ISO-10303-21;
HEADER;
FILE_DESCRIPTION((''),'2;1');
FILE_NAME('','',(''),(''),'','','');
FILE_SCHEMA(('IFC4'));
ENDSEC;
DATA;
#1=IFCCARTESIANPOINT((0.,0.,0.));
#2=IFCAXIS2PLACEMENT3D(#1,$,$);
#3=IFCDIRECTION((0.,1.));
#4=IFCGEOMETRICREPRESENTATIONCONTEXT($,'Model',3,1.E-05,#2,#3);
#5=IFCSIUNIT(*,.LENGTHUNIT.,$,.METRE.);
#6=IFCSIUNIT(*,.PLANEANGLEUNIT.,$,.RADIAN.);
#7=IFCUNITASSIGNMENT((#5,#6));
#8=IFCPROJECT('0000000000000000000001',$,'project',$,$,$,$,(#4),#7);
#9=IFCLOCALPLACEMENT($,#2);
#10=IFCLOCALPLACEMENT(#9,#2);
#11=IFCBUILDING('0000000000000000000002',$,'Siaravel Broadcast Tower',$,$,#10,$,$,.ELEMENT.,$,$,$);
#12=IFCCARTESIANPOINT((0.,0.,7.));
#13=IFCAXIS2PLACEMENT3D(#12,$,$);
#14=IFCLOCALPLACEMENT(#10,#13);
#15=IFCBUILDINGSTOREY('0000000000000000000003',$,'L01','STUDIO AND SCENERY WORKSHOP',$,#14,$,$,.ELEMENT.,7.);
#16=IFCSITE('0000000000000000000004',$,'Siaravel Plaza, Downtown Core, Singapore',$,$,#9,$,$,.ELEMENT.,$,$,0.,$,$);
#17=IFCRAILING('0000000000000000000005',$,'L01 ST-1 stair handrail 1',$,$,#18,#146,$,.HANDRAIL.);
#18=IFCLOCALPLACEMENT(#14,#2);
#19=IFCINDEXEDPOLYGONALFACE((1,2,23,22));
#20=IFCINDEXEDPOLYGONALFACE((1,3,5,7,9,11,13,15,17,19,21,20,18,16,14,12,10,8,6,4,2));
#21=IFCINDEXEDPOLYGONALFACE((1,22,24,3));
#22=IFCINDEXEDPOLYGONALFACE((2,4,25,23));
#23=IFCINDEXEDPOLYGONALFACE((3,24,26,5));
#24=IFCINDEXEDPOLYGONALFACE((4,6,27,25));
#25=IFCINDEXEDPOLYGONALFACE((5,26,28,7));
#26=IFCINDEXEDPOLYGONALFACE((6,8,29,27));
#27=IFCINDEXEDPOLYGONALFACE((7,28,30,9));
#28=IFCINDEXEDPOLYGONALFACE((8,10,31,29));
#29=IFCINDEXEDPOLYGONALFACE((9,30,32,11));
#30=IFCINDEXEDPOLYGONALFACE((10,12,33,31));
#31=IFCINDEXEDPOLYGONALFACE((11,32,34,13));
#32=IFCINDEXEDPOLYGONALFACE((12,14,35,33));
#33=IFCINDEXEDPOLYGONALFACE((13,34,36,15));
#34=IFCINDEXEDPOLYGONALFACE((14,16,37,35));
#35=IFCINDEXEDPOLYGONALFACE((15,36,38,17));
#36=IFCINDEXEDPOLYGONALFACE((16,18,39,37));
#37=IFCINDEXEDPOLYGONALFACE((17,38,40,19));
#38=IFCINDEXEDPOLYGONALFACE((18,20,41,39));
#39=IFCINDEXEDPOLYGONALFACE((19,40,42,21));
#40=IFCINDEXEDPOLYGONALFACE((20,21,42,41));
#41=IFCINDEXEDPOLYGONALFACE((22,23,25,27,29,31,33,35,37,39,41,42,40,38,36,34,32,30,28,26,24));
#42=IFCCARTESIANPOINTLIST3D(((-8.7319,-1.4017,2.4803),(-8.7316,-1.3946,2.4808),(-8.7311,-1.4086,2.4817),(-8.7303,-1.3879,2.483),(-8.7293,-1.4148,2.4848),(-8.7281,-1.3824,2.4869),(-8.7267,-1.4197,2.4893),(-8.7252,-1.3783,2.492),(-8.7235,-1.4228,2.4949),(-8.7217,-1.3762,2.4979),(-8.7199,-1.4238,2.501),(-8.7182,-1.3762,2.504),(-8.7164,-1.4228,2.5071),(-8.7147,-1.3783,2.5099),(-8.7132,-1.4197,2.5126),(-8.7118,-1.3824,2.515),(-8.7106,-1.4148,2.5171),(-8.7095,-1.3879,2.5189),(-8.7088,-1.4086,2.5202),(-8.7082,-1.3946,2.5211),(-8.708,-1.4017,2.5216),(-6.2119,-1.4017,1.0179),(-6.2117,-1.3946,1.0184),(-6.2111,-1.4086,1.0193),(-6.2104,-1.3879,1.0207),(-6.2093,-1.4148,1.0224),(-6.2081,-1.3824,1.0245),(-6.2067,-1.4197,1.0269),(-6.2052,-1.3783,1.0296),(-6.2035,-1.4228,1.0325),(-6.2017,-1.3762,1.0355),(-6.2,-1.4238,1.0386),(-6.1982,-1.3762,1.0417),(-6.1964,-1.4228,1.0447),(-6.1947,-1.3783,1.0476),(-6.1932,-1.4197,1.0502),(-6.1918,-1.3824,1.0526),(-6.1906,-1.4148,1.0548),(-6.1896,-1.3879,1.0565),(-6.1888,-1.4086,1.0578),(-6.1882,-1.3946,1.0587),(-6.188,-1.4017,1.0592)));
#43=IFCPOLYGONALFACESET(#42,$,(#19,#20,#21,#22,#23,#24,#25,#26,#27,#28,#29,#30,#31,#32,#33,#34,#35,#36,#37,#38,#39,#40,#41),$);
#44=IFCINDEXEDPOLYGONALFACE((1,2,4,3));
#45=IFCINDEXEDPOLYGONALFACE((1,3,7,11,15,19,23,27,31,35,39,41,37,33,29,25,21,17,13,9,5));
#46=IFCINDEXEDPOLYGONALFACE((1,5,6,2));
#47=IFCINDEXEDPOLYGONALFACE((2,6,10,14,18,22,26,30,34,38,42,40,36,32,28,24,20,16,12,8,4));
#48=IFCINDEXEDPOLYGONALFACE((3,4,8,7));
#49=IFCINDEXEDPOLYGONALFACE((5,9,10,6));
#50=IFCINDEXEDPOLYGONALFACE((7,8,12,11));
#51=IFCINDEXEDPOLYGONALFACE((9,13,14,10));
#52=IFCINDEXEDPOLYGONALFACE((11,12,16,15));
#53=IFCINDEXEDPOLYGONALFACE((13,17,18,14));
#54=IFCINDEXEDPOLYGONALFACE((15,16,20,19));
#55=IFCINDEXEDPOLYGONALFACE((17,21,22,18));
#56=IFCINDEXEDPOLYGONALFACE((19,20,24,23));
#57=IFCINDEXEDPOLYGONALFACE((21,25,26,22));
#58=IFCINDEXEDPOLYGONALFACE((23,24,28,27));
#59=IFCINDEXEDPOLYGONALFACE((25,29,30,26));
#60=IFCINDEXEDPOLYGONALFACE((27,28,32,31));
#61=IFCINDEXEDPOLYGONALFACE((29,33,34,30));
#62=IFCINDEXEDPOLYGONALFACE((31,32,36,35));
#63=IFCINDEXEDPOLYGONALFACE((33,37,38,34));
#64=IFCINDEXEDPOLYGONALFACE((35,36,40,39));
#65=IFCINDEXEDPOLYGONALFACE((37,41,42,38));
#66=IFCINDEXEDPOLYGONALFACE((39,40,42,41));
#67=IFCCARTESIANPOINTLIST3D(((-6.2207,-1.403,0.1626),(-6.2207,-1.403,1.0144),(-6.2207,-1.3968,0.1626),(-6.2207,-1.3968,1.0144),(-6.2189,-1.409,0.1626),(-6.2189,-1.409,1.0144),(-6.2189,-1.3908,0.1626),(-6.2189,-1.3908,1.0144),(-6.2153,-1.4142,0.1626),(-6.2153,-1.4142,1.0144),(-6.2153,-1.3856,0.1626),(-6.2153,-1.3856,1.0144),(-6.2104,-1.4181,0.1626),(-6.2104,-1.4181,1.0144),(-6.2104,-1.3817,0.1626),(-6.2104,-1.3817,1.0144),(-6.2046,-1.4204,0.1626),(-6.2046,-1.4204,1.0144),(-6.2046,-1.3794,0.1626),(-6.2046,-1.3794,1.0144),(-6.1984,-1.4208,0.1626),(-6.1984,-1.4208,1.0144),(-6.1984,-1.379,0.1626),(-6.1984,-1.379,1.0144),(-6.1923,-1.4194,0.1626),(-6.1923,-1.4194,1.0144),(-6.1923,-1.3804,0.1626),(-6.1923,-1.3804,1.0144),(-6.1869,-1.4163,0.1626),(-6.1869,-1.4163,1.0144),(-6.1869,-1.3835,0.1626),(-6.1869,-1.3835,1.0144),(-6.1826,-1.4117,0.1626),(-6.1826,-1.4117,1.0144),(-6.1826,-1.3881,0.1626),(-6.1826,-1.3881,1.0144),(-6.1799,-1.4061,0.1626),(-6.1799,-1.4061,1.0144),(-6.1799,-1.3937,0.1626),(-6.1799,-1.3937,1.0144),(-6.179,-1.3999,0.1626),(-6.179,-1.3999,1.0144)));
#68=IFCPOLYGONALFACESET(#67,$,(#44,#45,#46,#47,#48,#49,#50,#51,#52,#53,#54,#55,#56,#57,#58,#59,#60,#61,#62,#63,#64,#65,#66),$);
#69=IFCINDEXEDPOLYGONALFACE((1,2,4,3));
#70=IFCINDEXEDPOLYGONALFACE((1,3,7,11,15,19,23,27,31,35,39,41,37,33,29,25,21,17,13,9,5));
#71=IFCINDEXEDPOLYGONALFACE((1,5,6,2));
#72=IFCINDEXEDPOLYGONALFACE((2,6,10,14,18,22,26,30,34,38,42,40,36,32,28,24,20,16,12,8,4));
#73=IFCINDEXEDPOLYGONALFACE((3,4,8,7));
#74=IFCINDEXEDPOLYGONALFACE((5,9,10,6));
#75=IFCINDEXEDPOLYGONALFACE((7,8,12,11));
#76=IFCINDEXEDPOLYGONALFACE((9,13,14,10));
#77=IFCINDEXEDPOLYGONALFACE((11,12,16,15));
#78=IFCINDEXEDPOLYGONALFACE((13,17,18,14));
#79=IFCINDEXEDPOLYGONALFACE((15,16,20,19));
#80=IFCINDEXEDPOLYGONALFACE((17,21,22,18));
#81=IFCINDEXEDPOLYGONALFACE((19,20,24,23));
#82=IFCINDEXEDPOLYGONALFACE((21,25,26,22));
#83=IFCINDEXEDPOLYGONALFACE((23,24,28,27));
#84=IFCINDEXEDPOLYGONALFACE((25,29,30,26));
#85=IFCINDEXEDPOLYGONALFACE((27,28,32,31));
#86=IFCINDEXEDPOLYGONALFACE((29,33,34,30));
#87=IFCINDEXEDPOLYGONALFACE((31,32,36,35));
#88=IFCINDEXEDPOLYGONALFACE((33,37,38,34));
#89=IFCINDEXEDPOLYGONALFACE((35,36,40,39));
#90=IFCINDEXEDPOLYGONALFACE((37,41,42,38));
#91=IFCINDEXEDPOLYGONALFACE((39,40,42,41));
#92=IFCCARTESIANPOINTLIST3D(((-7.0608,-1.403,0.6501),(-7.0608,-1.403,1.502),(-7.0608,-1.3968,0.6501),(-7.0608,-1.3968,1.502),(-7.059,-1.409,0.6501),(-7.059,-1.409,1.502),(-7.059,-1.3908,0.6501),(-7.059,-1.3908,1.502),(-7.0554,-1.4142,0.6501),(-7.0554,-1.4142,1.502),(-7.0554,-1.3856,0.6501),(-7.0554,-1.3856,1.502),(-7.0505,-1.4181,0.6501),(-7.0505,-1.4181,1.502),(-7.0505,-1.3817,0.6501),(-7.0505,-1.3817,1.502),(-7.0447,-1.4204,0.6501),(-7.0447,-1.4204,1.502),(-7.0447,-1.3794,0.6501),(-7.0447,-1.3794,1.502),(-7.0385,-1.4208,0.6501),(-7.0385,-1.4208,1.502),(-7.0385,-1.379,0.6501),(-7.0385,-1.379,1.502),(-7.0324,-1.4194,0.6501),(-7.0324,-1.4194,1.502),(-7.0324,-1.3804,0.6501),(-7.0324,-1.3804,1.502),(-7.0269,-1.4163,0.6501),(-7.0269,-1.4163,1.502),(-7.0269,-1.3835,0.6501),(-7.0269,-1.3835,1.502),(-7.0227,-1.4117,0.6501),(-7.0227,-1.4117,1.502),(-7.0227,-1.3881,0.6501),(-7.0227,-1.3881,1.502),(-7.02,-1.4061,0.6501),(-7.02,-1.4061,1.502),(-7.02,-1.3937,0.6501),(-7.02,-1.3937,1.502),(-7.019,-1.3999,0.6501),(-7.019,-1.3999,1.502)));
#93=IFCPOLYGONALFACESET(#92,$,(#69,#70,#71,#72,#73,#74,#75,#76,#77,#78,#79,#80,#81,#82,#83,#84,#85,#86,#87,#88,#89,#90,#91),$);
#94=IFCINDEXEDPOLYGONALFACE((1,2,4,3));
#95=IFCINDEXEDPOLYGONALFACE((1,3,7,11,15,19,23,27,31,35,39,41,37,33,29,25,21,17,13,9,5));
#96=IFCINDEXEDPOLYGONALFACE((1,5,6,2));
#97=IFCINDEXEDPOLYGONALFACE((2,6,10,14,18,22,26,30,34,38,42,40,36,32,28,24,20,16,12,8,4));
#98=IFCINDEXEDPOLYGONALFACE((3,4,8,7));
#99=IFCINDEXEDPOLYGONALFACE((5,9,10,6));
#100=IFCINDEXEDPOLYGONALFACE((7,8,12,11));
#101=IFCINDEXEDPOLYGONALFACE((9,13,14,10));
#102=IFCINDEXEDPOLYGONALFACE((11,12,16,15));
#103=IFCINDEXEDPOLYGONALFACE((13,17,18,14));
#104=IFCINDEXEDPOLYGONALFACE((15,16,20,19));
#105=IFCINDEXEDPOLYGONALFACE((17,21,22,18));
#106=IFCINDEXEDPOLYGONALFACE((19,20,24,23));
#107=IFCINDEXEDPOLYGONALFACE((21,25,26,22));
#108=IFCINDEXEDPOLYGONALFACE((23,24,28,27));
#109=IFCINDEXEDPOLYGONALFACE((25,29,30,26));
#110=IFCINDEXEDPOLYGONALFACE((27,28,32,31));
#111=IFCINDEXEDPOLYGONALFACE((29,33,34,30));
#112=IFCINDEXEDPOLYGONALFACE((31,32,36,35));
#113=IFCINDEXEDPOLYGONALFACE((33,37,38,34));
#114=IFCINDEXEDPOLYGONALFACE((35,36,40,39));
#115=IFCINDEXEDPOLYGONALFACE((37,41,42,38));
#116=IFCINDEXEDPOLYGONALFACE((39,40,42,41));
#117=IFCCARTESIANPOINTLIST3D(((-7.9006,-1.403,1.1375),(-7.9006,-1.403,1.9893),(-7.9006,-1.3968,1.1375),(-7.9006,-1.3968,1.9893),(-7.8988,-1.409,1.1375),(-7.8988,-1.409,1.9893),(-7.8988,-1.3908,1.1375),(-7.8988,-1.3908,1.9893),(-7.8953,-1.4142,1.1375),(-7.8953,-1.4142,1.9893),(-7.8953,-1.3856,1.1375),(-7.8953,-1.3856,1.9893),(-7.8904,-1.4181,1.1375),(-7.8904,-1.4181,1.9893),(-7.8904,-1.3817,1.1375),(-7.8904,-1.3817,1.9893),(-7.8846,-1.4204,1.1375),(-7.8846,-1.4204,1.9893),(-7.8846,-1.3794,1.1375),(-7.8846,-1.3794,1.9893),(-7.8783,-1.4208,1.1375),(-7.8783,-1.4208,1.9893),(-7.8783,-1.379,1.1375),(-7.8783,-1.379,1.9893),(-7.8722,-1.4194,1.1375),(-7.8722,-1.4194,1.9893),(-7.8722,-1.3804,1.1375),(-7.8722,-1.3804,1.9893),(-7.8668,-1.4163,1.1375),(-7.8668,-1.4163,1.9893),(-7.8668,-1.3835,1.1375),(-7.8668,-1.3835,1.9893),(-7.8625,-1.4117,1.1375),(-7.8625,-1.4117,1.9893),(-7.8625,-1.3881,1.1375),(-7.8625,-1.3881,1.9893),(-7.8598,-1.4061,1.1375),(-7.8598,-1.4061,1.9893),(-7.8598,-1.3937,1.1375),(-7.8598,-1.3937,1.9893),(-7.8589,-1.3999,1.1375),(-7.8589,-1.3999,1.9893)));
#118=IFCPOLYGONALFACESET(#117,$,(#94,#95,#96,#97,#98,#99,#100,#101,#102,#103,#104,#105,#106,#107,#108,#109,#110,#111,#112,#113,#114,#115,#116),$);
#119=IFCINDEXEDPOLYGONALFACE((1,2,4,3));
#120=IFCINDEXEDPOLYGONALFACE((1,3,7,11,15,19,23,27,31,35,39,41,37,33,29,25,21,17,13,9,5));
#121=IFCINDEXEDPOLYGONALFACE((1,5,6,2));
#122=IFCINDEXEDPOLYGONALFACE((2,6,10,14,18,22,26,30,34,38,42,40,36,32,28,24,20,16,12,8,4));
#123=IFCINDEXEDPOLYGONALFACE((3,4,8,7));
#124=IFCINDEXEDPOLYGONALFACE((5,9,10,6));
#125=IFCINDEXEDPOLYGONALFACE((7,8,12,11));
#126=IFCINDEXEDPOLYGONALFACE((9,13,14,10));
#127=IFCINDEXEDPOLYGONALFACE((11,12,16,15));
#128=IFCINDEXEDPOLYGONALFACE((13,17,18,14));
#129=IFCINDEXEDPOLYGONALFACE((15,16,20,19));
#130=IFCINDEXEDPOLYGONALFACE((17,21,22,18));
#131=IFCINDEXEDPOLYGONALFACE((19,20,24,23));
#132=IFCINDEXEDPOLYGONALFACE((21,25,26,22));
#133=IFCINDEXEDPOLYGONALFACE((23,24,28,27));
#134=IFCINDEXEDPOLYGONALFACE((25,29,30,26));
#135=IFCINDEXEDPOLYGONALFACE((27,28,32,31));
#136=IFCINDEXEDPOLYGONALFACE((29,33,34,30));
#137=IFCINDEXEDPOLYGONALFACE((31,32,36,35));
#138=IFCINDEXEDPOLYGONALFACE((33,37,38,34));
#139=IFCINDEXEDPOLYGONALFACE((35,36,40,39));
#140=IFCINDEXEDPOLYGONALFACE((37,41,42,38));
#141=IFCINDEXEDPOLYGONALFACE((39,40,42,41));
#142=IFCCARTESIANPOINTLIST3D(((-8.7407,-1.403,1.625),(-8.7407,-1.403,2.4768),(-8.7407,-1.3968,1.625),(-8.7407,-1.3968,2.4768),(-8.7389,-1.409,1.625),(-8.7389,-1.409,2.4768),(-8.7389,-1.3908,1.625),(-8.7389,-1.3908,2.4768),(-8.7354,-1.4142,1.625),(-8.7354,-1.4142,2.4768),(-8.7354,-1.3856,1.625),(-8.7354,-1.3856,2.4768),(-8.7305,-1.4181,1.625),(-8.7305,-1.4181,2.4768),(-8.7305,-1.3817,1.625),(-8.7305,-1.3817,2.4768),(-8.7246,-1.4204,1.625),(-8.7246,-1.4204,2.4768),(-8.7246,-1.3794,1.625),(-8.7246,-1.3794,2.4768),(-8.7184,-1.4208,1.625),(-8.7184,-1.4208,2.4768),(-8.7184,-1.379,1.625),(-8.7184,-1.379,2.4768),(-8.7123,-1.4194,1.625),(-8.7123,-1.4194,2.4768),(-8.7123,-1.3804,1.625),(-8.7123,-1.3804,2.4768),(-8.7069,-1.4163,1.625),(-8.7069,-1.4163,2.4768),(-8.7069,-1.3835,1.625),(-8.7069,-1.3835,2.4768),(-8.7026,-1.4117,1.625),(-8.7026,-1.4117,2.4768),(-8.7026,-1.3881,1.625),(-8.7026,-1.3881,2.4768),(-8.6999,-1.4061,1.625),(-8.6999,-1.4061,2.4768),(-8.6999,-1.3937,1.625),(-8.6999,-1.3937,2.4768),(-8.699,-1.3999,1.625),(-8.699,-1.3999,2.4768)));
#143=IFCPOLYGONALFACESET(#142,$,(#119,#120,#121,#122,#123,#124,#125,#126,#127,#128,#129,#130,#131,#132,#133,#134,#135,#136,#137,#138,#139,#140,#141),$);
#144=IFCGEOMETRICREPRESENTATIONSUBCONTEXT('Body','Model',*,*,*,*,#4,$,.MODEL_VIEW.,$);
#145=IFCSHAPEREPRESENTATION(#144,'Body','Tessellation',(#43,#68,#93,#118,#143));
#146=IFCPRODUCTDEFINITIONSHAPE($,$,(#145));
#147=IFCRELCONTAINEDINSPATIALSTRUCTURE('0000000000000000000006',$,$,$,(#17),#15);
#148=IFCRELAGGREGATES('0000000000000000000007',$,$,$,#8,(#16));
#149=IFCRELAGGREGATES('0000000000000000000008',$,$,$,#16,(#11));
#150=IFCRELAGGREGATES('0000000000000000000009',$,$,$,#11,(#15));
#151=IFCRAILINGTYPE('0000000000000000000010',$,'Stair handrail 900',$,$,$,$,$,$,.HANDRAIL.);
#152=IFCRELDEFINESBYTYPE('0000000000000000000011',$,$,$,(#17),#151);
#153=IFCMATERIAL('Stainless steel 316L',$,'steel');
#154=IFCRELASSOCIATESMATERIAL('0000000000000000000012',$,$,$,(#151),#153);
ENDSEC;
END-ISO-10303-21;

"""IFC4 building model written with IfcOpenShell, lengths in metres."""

from ifc_helpers import new_model, si_unit, direction, frame, origin, origin_2d, place, context, subcontext, project, spatial, circle, extrude, material, type_object, element, save


model = new_model("IFC4")

# Units and contexts
model_context = context("Model", 3, precision=1e-05, world=origin(), true_north=direction((0.0, 1.0)))
body_context = subcontext(model_context, "Body", "Model", "MODEL_VIEW")
ifc_project = project(units=[si_unit("LENGTHUNIT", "METRE"), si_unit("PLANEANGLEUNIT", "RADIAN")], contexts=[model_context])

# Site, building, storey
site_placement = place(None, origin())
site = spatial("IfcSite", under=ifc_project, at=site_placement, Name="Siaravel Plaza, Downtown Core, Singapore", CompositionType="ELEMENT", RefElevation=0.0)
building_placement = place(site_placement, origin())
building = spatial("IfcBuilding", under=site, at=building_placement, Name="Siaravel Broadcast Tower", CompositionType="ELEMENT")
storey_placement = place(building_placement, frame((0.0, 0.0, 7.0)))
storey = spatial("IfcBuildingStorey", under=building, at=storey_placement, Name="L01", Description="STUDIO AND SCENERY WORKSHOP", CompositionType="ELEMENT", Elevation=7.0)

# Railing
ifc_material_1 = material(Name="Stainless steel 316L", Category="steel")
railing_type_1 = type_object("IfcRailingType", Name="Stair handrail 900", PredefinedType="HANDRAIL", material=ifc_material_1)
railing_1_placement = place(storey_placement, frame((-6.2, -1.3999, 0.1626)))
element("IfcRailing", 1, at=railing_1_placement, inside=storey, type_object=railing_type_1, Name="L01 ST-1 stair handrail 1", PredefinedType="HANDRAIL", context=body_context, shape_type="SweptSolid", body=[
    extrude(circle(Radius=0.0239, at=origin_2d()), frame((0.0, 0.0, 0.876), z_axis=(-0.864913, 0.0, 0.501921), x_axis=(0.0, -1.0, 0.0)), (0.0, 0.0, 1.0), 2.9136),
    extrude(circle(Radius=0.021, at=origin_2d()), origin(), (0.0, 0.0, 1.0), 0.8518),
    extrude(circle(Radius=0.021, at=origin_2d()), frame((-0.8401, 0.0, 0.4875)), (0.0, 0.0, 1.0), 0.8518),
    extrude(circle(Radius=0.021, at=origin_2d()), frame((-1.6799, 0.0, 0.9749)), (0.0, 0.0, 1.0), 0.8518),
    extrude(circle(Radius=0.021, at=origin_2d()), frame((-2.52, 0.0, 1.4624)), (0.0, 0.0, 1.0), 0.8518),
])

save(model, "model.ifc")
